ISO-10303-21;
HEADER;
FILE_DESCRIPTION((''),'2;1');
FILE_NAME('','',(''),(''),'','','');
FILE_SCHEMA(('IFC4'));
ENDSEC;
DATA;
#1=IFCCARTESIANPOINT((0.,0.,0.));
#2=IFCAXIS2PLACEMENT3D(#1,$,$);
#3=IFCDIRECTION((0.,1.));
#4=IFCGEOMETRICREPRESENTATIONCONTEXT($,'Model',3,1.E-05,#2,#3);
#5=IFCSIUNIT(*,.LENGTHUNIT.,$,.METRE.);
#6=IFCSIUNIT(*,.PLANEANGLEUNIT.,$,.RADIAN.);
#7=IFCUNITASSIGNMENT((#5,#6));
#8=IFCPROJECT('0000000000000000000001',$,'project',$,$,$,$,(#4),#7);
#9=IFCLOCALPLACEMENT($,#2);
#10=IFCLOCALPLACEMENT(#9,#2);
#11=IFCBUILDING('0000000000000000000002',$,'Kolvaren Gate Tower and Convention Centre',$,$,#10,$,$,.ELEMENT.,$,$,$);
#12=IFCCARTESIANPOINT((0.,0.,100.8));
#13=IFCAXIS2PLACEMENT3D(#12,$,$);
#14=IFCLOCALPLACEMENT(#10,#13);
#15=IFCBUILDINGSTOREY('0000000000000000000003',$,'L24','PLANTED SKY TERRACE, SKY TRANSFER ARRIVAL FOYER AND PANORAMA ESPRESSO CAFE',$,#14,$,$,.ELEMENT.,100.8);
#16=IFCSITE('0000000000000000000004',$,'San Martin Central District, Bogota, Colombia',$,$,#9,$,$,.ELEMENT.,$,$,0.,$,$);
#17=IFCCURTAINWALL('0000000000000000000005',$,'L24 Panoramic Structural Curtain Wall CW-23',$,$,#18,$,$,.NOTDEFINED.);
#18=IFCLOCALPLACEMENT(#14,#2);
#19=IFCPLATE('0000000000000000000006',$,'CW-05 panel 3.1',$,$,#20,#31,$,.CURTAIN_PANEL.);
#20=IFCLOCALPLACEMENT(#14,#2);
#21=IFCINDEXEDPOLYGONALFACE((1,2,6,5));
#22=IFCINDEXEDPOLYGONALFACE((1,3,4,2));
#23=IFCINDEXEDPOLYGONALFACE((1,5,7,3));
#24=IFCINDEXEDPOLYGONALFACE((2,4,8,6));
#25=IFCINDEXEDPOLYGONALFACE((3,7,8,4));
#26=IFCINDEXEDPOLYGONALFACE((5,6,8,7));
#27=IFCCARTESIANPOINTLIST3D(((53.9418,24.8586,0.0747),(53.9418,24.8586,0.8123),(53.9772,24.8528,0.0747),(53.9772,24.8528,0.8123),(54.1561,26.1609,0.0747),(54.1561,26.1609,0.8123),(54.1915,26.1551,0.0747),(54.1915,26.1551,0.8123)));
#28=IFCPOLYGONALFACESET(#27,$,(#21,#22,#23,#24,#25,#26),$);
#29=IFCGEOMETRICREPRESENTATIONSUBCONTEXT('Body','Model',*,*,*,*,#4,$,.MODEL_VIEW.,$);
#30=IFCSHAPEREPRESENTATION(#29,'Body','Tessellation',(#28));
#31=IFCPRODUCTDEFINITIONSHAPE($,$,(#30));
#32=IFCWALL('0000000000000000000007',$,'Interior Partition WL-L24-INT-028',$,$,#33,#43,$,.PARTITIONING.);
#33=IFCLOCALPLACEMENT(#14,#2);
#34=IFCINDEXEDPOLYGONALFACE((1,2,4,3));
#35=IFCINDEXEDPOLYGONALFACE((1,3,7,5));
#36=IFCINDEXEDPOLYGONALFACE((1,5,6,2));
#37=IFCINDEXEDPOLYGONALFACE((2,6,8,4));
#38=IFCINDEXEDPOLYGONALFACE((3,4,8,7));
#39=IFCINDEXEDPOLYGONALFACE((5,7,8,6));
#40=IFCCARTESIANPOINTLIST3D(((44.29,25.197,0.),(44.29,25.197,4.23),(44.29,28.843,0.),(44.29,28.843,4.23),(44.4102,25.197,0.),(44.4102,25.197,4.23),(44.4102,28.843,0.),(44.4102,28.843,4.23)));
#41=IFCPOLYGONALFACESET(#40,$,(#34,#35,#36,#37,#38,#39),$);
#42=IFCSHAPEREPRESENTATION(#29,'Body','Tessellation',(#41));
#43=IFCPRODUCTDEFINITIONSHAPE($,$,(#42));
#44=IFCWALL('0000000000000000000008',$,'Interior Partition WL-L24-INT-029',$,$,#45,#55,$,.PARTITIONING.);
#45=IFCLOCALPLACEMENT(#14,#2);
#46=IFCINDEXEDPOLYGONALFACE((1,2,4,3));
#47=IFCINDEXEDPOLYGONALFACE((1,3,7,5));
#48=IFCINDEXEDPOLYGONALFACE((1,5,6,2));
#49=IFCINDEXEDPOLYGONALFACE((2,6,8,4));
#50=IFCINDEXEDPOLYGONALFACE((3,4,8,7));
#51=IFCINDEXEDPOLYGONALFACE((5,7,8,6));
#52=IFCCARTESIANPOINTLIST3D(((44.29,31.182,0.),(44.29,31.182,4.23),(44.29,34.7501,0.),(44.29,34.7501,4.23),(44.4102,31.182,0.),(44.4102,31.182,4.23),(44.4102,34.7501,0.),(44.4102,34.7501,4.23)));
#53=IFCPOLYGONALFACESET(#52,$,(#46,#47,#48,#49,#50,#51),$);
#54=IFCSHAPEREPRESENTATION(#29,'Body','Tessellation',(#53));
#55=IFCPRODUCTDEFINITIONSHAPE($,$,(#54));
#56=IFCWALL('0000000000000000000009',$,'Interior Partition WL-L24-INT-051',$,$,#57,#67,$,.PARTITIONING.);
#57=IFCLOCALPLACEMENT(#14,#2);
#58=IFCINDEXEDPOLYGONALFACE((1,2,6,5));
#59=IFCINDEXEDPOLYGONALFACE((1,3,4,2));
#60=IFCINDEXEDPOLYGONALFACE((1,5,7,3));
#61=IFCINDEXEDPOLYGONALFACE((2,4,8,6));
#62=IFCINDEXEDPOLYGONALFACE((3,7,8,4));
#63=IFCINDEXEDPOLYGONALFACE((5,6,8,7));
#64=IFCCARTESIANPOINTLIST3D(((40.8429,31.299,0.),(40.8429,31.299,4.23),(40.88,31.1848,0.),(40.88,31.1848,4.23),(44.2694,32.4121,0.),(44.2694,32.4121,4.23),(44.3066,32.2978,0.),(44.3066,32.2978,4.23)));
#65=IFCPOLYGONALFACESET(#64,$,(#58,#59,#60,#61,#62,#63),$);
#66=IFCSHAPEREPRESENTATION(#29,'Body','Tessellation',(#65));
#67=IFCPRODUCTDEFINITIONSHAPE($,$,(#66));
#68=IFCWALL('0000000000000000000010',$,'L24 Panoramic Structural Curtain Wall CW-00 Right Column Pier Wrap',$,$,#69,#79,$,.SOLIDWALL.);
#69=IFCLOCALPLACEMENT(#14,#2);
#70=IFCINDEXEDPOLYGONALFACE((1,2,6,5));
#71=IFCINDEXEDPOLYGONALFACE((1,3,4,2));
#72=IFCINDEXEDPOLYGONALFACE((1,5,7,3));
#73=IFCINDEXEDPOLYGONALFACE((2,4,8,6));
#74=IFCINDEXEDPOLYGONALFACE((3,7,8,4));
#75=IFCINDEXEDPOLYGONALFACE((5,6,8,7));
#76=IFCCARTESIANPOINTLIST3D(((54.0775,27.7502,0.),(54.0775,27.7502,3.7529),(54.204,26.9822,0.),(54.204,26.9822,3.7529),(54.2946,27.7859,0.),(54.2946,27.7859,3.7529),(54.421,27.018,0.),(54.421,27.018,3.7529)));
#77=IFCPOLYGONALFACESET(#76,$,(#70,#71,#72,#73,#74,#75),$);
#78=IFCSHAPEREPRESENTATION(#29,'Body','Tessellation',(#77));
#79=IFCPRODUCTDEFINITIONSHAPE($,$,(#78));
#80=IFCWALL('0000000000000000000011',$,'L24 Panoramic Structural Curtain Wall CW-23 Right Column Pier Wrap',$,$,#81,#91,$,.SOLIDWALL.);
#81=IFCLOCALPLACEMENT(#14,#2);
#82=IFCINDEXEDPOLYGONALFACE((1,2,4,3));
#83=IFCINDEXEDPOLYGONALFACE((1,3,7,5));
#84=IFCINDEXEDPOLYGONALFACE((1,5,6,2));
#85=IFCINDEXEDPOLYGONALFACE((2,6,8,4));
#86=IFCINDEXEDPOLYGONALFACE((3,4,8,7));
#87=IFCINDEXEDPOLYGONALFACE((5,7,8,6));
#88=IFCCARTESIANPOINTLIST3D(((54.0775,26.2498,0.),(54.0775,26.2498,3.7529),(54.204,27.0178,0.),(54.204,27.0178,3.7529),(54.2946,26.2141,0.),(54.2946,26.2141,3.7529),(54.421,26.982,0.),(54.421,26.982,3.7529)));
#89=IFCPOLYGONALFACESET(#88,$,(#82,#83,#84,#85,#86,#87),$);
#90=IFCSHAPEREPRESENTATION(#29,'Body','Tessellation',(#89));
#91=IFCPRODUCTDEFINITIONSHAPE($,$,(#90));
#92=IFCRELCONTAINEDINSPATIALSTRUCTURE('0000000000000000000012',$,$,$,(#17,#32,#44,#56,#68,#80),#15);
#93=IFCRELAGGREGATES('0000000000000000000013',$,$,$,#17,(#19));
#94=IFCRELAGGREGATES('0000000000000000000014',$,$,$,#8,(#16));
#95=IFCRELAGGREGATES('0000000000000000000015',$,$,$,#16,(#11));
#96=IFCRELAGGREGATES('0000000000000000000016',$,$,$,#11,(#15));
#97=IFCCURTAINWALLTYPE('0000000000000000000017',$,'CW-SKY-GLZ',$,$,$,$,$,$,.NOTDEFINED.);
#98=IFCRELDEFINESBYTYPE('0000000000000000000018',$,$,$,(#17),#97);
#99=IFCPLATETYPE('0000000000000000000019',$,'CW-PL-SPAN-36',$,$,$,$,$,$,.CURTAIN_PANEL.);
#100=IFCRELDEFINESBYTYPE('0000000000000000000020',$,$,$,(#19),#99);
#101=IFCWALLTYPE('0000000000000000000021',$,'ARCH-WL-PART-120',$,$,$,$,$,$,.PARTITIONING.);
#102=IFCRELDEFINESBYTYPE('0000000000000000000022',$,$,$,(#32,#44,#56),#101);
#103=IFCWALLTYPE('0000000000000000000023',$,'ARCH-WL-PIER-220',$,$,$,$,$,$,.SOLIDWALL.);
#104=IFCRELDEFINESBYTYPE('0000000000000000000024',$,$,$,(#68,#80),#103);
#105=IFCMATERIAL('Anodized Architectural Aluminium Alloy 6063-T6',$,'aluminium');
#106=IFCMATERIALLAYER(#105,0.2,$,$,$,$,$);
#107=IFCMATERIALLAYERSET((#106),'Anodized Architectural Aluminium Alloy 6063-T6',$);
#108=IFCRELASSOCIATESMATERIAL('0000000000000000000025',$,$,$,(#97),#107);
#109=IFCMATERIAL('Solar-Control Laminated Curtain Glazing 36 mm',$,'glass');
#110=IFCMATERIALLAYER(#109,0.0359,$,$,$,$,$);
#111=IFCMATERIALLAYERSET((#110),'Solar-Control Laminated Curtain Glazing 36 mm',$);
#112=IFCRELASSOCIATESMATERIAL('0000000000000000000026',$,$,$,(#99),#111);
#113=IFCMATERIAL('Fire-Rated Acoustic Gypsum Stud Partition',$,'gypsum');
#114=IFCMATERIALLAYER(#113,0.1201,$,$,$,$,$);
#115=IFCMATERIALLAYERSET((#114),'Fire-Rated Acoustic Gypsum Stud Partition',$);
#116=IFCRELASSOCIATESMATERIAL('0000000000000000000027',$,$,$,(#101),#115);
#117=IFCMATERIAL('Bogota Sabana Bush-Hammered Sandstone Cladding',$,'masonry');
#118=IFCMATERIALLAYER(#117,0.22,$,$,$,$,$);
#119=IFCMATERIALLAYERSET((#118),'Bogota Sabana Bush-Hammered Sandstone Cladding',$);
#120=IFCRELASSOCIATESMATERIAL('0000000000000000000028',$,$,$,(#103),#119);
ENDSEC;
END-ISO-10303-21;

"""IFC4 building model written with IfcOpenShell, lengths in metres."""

from ifc_helpers import new_model, si_unit, direction, frame, frame_2d, origin, origin_2d, place, context, subcontext, project, spatial, rectangle, extrude, material, layer, layer_set, type_object, element, aggregate, save


model = new_model("IFC4")

# Units and contexts
model_context = context("Model", 3, precision=1e-05, world=origin(), true_north=direction((0.0, 1.0)))
body_context = subcontext(model_context, "Body", "Model", "MODEL_VIEW")
ifc_project = project(units=[si_unit("LENGTHUNIT", "METRE"), si_unit("PLANEANGLEUNIT", "RADIAN")], contexts=[model_context])

# Site, building, storey
site_placement = place(None, origin())
site = spatial("IfcSite", under=ifc_project, at=site_placement, Name="San Martin Central District, Bogota, Colombia", CompositionType="ELEMENT", RefElevation=0.0)
building_placement = place(site_placement, origin())
building = spatial("IfcBuilding", under=site, at=building_placement, Name="Kolvaren Gate Tower and Convention Centre", CompositionType="ELEMENT")
storey_placement = place(building_placement, frame((0.0, 0.0, 100.8)))
storey = spatial("IfcBuildingStorey", under=building, at=storey_placement, Name="L24", Description="PLANTED SKY TERRACE, SKY TRANSFER ARRIVAL FOYER AND PANORAMA ESPRESSO CAFE", CompositionType="ELEMENT", Elevation=100.8)

# Shared definitions
ifc_material_1 = material(Name="Anodized Architectural Aluminium Alloy 6063-T6", Category="aluminium")
ifc_layer_1 = layer(ifc_material_1, 0.2)
ifc_layer_set_1 = layer_set([ifc_layer_1], Name="Anodized Architectural Aluminium Alloy 6063-T6")
curtain_wall_type = type_object("IfcCurtainWallType", Name="CW-SKY-GLZ", PredefinedType="NOTDEFINED", material=ifc_layer_set_1)

# Curtain wall
curtain_wall_1_placement = place(storey_placement, origin())
curtain_wall_1 = element("IfcCurtainWall", 1, at=curtain_wall_1_placement, inside=storey, type_object=curtain_wall_type, Name="L24 Panoramic Structural Curtain Wall CW-23", PredefinedType="NOTDEFINED")

# Plate
ifc_material_2 = material(Name="Solar-Control Laminated Curtain Glazing 36 mm", Category="glass")
ifc_layer_2 = layer(ifc_material_2, 0.0359)
ifc_layer_set_2 = layer_set([ifc_layer_2], Name="Solar-Control Laminated Curtain Glazing 36 mm")
plate_type_1 = type_object("IfcPlateType", Name="CW-PL-SPAN-36", PredefinedType="CURTAIN_PANEL", material=ifc_layer_set_2)
plate_1_placement = place(storey_placement, frame((54.0667, 25.5068, 0.0747), z_axis=(0.0, 0.0, 1.0), x_axis=(0.162391, 0.986726, 0.0)))
plate_1 = element("IfcPlate", 2, at=plate_1_placement, type_object=plate_type_1, Name="CW-05 panel 3.1", PredefinedType="CURTAIN_PANEL", context=body_context, shape_type="SweptSolid", body=[
    extrude(rectangle(XDim=1.3198, YDim=0.0359, at=origin_2d()), origin(), (0.0, 0.0, 1.0), 0.7375),
])
aggregate(curtain_wall_1, [plate_1])

# Walls
ifc_material_3 = material(Name="Fire-Rated Acoustic Gypsum Stud Partition", Category="gypsum")
ifc_layer_3 = layer(ifc_material_3, 0.1201)
ifc_layer_set_3 = layer_set([ifc_layer_3], Name="Fire-Rated Acoustic Gypsum Stud Partition")
wall_type_1 = type_object("IfcWallType", Name="ARCH-WL-PART-120", PredefinedType="PARTITIONING", material=ifc_layer_set_3)
wall_1_placement = place(storey_placement, frame((44.3501, 25.197, 0.0), z_axis=(0.0, 0.0, 1.0), x_axis=(0.0, 1.0, 0.0)))
element("IfcWall", 3, at=wall_1_placement, inside=storey, type_object=wall_type_1, Name="Interior Partition WL-L24-INT-028", PredefinedType="PARTITIONING", context=body_context, shape_type="SweptSolid", body=[
    extrude(rectangle(XDim=3.646, YDim=0.1201, at=frame_2d((1.823, 0.0))), origin(), (0.0, 0.0, 1.0), 4.23),
])
wall_2_placement = place(storey_placement, frame((44.3501, 31.1819, 0.0), z_axis=(0.0, 0.0, 1.0), x_axis=(0.0, 1.0, 0.0)))
element("IfcWall", 4, at=wall_2_placement, inside=storey, type_object=wall_type_1, Name="Interior Partition WL-L24-INT-029", PredefinedType="PARTITIONING", context=body_context, shape_type="SweptSolid", body=[
    extrude(rectangle(XDim=3.5681, YDim=0.1201, at=frame_2d((1.7842, 0.0))), origin(), (0.0, 0.0, 1.0), 4.23),
])
wall_3_placement = place(storey_placement, frame((40.8616, 31.2419, 0.0), z_axis=(0.0, 0.0, 1.0), x_axis=(0.951081, 0.308941, 0.0)))
element("IfcWall", 5, at=wall_3_placement, inside=storey, type_object=wall_type_1, Name="Interior Partition WL-L24-INT-051", PredefinedType="PARTITIONING", context=body_context, shape_type="SweptSolid", body=[
    extrude(rectangle(XDim=3.6028, YDim=0.1201, at=frame_2d((1.8013, 0.0))), origin(), (0.0, 0.0, 1.0), 4.23),
])
ifc_material_4 = material(Name="Bogota Sabana Bush-Hammered Sandstone Cladding", Category="masonry")
ifc_layer_4 = layer(ifc_material_4, 0.22)
ifc_layer_set_4 = layer_set([ifc_layer_4], Name="Bogota Sabana Bush-Hammered Sandstone Cladding")
wall_type_2 = type_object("IfcWallType", Name="ARCH-WL-PIER-220", PredefinedType="SOLIDWALL", material=ifc_layer_set_4)
for number, where, z_axis, x_axis, name in (
    (6, (54.186, 27.7681, 0.0), (0.0, 0.0, 1.0), (0.162466, -0.986714, 0.0), "L24 Panoramic Structural Curtain Wall CW-00 Right Column Pier Wrap"),
    (7, (54.186, 26.2319, 0.0), (0.0, 0.0, 1.0), (0.162466, 0.986714, 0.0), "L24 Panoramic Structural Curtain Wall CW-23 Right Column Pier Wrap"),
):
    element("IfcWall", number, at=place(storey_placement, frame(where, z_axis=z_axis, x_axis=x_axis)), inside=storey, type_object=wall_type_2, Name=name, PredefinedType="SOLIDWALL", context=body_context, shape_type="SweptSolid", body=[
        extrude(rectangle(XDim=0.7783, YDim=0.22, at=frame_2d((0.3892, 0.0))), origin(), (0.0, 0.0, 1.0), 3.7529),
    ])

save(model, "model.ifc")
